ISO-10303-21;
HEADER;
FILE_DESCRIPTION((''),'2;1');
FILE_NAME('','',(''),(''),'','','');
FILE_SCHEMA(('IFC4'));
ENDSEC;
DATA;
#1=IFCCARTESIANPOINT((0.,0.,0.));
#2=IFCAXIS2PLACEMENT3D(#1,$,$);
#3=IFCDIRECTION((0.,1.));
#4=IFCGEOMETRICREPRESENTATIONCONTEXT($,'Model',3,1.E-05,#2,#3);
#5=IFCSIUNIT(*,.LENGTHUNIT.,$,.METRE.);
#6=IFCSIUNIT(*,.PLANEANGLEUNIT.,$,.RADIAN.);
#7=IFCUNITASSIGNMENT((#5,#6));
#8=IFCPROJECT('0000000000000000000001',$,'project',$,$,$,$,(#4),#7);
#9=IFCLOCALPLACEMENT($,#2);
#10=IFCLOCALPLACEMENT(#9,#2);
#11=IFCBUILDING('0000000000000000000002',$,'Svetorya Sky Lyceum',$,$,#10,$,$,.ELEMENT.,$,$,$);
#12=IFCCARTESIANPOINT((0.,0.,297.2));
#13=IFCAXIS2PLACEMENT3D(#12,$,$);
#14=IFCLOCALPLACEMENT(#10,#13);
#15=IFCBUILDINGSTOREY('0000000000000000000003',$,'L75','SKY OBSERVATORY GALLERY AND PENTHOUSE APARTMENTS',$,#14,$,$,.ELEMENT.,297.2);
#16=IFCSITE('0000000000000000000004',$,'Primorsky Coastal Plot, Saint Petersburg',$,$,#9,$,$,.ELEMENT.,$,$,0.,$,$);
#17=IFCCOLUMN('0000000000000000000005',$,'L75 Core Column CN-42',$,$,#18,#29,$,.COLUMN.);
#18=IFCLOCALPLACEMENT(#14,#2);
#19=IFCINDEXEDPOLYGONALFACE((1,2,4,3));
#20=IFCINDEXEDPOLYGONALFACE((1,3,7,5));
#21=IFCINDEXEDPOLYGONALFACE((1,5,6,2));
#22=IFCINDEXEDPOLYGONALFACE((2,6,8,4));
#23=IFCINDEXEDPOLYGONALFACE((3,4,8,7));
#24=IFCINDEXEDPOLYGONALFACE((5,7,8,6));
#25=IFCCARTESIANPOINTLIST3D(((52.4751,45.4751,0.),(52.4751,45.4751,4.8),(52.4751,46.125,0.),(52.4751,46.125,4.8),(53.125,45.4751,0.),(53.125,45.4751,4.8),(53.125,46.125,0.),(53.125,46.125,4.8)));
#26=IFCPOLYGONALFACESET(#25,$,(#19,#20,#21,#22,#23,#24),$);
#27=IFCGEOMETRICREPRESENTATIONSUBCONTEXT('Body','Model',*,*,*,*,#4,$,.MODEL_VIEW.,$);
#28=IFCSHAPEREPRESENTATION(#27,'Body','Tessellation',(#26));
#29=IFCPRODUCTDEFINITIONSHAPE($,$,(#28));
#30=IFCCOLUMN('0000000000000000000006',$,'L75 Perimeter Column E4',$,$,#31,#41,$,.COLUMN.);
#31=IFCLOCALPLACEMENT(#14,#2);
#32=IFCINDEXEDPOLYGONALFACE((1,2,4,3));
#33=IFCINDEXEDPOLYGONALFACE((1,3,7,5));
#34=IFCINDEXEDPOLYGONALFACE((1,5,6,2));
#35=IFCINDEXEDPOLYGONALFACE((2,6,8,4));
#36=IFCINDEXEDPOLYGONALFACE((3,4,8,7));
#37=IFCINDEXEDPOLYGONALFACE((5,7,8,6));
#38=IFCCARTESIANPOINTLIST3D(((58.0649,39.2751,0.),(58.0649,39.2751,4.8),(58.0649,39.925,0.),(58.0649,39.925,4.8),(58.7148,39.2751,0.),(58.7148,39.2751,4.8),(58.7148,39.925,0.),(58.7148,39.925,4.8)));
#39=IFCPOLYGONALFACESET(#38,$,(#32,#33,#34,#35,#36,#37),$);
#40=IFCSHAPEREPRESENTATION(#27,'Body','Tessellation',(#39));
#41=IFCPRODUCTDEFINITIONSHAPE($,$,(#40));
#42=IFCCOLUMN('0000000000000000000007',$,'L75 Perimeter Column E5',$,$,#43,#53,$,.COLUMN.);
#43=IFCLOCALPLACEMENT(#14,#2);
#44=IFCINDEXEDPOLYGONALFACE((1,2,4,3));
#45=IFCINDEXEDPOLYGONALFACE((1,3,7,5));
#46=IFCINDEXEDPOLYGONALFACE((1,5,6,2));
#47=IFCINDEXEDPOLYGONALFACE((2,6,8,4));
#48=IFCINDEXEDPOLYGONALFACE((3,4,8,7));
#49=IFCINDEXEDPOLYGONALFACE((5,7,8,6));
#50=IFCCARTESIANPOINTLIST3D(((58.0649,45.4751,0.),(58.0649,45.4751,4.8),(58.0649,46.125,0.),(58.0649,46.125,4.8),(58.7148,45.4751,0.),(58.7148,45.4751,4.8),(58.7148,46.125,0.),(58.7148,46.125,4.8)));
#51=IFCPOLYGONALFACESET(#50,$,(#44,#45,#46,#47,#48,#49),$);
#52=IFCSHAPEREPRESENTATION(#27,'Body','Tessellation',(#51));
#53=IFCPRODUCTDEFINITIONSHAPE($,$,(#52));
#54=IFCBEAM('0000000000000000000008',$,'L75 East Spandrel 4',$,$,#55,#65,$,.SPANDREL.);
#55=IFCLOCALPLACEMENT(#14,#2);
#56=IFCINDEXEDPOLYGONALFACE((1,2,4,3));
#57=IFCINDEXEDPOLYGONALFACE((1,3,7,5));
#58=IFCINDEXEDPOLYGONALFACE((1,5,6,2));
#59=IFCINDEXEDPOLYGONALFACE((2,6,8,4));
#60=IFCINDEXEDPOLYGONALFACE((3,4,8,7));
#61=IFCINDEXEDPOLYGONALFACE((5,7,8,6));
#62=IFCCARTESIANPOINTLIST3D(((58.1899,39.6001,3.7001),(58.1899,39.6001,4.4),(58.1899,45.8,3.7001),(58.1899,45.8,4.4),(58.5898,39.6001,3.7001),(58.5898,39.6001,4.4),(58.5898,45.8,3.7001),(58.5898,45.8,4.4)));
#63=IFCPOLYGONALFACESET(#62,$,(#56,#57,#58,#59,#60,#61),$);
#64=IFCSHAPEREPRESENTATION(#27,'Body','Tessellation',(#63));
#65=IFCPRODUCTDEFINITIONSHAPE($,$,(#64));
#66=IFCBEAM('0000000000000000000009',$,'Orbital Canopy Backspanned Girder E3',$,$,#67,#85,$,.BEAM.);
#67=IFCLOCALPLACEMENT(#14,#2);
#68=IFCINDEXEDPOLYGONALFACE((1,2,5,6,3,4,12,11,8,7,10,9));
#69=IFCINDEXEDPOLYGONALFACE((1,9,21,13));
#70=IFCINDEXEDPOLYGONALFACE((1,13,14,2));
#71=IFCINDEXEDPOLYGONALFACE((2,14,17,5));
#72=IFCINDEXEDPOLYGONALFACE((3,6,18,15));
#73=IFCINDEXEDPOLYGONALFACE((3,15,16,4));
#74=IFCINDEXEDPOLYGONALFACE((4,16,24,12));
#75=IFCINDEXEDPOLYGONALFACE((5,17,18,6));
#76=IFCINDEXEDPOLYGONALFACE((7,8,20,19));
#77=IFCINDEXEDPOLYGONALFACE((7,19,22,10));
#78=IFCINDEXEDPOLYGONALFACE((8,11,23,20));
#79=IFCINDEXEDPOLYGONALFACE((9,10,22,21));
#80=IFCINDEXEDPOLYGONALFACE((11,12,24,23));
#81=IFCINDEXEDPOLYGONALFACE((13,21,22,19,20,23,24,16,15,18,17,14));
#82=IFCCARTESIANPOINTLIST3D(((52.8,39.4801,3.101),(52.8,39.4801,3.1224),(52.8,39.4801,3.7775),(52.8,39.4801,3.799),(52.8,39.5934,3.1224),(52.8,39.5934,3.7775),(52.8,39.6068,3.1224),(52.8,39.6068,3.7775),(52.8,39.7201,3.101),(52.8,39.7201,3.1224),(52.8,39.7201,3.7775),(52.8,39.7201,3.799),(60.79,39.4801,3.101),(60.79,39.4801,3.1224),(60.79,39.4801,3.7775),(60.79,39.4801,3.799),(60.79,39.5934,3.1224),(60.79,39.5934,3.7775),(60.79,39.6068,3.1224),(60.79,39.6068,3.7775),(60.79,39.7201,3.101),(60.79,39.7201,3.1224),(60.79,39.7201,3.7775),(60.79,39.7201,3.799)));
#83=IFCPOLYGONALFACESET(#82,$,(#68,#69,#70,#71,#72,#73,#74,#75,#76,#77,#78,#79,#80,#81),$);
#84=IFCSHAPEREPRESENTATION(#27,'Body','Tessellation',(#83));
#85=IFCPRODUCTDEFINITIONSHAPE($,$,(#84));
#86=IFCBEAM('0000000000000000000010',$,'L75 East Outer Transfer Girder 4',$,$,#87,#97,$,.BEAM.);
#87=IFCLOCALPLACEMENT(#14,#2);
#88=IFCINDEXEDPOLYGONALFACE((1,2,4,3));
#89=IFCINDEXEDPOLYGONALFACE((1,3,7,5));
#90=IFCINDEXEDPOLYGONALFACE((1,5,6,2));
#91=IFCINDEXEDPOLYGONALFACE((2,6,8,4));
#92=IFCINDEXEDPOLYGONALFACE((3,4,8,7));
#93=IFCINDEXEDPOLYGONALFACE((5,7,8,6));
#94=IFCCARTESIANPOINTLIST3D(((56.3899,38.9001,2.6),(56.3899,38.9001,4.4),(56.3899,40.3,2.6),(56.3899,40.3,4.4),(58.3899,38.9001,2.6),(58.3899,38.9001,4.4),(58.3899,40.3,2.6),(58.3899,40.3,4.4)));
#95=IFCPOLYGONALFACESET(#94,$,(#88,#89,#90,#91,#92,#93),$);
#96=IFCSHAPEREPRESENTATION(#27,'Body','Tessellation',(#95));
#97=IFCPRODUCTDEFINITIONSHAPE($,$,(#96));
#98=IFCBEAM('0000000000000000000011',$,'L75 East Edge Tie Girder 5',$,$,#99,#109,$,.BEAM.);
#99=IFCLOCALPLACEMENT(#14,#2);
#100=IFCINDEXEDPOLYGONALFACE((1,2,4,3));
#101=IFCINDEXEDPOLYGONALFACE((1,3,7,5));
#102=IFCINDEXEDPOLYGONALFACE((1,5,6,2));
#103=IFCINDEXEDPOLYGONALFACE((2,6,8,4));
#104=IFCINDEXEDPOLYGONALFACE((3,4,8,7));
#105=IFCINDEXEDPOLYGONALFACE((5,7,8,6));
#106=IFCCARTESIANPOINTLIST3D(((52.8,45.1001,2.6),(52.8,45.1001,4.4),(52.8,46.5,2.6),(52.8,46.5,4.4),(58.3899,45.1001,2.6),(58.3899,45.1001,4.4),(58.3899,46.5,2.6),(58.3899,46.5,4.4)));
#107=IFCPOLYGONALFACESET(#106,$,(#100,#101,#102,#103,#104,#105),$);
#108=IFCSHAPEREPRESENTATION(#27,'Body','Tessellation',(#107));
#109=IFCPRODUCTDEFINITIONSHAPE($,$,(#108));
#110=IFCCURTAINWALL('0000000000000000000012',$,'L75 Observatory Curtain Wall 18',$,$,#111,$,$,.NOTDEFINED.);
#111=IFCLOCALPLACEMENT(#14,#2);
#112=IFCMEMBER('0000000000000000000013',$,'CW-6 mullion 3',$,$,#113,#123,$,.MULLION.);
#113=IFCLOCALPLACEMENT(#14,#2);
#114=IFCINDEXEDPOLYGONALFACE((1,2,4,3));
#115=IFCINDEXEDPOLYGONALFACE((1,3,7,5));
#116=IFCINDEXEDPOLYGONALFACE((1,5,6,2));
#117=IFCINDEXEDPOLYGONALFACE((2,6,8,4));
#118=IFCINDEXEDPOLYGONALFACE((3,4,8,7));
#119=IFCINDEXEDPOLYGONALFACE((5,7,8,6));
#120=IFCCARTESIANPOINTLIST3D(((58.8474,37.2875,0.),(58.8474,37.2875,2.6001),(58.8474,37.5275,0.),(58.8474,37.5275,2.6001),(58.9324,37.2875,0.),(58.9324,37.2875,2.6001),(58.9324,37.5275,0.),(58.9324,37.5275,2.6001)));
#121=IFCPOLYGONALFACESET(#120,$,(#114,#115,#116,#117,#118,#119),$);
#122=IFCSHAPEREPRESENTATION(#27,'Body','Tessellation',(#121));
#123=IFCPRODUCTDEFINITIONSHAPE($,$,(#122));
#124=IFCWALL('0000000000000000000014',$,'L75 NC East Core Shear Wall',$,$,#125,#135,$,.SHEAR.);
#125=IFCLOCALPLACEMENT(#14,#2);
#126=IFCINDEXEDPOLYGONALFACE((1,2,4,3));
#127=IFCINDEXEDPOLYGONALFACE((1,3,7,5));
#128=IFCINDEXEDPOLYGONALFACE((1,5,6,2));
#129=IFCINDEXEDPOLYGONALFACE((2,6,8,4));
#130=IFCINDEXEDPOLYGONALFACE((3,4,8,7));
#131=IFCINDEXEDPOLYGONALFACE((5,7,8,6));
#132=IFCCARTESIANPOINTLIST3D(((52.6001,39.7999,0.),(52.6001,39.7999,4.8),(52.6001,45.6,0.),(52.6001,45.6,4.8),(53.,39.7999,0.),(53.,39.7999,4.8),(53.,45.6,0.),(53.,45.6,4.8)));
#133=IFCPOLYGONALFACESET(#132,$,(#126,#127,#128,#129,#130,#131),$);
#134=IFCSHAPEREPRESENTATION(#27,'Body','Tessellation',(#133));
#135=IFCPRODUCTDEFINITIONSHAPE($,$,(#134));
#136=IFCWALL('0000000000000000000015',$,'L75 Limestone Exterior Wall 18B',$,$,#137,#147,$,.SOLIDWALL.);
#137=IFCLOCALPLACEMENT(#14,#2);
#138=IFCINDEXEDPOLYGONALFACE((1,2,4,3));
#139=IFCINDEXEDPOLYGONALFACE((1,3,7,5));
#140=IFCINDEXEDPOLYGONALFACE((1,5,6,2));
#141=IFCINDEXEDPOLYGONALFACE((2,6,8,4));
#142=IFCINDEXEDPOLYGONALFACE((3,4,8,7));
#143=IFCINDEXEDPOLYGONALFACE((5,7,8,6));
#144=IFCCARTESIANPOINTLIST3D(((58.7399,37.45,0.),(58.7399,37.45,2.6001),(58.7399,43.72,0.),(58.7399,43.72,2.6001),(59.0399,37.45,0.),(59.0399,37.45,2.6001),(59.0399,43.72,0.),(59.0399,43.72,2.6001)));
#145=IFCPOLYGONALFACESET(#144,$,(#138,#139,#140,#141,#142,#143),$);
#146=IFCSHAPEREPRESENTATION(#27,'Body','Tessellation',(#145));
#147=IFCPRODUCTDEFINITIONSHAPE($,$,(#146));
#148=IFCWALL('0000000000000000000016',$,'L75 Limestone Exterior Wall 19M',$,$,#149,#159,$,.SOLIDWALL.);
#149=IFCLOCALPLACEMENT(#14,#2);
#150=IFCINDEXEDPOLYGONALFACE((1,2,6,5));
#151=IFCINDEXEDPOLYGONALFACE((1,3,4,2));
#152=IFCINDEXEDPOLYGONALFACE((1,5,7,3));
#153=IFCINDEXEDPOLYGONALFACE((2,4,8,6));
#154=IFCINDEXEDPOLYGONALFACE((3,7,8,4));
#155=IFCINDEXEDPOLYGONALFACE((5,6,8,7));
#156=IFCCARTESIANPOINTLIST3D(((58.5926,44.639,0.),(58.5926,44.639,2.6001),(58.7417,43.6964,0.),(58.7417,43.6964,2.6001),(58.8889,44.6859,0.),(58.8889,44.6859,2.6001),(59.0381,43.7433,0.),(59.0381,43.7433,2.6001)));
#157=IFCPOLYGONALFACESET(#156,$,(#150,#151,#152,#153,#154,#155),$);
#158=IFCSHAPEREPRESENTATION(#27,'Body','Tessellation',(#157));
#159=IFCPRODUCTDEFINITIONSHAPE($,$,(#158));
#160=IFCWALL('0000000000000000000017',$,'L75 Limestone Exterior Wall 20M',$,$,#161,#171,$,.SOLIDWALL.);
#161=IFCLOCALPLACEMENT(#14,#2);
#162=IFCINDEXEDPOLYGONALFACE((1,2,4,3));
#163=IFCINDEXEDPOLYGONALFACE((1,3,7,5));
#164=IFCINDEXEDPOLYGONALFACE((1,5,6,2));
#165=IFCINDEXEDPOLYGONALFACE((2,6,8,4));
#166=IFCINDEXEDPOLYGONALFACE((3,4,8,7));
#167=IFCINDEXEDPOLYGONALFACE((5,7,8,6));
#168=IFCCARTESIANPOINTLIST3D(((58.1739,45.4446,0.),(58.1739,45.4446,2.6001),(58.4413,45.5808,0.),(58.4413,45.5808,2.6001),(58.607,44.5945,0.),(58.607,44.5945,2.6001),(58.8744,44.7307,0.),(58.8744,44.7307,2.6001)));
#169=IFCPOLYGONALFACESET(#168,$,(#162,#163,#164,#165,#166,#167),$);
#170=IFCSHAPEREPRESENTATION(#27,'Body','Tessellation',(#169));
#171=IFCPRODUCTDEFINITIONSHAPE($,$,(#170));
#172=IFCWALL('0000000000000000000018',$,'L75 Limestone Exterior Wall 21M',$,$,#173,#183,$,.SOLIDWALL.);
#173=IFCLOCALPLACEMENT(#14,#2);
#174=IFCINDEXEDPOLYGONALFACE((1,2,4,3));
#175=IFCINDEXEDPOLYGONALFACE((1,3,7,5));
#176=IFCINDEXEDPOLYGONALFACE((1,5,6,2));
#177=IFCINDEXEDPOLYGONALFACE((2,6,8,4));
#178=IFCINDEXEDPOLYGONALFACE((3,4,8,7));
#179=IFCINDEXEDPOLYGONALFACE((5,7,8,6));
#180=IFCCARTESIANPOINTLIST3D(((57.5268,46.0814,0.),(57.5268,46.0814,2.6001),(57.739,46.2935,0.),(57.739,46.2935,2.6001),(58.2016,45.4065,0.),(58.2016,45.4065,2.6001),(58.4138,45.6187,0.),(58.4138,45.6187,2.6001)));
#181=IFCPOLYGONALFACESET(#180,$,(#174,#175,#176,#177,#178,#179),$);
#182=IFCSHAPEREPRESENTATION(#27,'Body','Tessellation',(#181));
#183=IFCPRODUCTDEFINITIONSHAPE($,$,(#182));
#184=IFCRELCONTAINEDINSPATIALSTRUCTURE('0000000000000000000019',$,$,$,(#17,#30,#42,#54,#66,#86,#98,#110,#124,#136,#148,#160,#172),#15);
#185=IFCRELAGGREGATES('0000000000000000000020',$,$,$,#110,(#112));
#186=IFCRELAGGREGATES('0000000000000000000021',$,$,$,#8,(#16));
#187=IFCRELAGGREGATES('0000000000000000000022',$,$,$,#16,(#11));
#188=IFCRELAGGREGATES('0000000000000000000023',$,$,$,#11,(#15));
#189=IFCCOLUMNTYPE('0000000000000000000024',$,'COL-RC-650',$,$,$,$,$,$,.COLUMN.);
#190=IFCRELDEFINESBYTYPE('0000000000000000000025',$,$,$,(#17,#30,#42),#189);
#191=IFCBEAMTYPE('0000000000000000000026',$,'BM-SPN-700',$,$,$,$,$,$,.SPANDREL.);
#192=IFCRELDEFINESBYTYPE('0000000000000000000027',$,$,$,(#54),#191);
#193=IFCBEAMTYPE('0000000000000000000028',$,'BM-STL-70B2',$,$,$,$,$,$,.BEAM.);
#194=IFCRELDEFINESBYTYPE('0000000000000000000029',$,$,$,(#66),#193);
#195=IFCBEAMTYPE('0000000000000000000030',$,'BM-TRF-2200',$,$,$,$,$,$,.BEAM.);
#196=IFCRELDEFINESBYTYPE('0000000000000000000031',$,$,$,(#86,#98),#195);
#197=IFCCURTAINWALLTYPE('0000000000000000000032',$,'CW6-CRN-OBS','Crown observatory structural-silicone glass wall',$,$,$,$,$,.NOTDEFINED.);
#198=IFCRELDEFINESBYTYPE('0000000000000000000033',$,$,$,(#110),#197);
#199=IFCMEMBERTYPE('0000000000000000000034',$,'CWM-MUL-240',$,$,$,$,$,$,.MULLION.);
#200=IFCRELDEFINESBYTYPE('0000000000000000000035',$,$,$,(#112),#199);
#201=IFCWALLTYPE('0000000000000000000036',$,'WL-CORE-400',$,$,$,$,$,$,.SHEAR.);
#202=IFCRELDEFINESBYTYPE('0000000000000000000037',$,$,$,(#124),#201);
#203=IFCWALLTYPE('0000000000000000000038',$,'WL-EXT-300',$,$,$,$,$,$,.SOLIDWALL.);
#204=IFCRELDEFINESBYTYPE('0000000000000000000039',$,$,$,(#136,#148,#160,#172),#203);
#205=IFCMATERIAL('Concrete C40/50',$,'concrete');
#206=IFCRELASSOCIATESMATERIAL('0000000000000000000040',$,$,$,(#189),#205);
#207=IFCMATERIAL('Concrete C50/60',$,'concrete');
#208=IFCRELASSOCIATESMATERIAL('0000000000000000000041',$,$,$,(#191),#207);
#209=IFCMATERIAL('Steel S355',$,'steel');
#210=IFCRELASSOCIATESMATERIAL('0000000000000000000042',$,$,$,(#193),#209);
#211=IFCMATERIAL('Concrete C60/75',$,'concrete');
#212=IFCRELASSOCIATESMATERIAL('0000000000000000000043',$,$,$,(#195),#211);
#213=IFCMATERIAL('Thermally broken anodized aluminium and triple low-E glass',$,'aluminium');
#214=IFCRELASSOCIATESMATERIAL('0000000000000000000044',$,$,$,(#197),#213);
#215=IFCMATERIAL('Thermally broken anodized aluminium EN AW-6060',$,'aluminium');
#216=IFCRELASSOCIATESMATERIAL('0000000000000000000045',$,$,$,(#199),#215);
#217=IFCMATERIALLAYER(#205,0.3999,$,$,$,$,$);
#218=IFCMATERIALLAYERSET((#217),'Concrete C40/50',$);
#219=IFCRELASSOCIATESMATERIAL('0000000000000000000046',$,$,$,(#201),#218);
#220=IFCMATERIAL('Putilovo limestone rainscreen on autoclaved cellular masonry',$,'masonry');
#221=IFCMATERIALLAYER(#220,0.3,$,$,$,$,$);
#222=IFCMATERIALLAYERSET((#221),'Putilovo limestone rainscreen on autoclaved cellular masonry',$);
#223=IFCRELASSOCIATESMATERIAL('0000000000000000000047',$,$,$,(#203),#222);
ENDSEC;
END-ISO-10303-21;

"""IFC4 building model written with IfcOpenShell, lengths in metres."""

from ifc_helpers import new_model, si_unit, direction, frame, frame_2d, origin, origin_2d, place, context, subcontext, project, spatial, rectangle, i_section, extrude, material, layer, layer_set, material_profile, profile_set, type_object, element, aggregate, save


model = new_model("IFC4")

# Units and contexts
model_context = context("Model", 3, precision=1e-05, world=origin(), true_north=direction((0.0, 1.0)))
body_context = subcontext(model_context, "Body", "Model", "MODEL_VIEW")
ifc_project = project(units=[si_unit("LENGTHUNIT", "METRE"), si_unit("PLANEANGLEUNIT", "RADIAN")], contexts=[model_context])

# Site, building, storey
site_placement = place(None, origin())
site = spatial("IfcSite", under=ifc_project, at=site_placement, Name="Primorsky Coastal Plot, Saint Petersburg", CompositionType="ELEMENT", RefElevation=0.0)
building_placement = place(site_placement, origin())
building = spatial("IfcBuilding", under=site, at=building_placement, Name="Svetorya Sky Lyceum", CompositionType="ELEMENT")
storey_placement = place(building_placement, frame((0.0, 0.0, 297.2)))
storey = spatial("IfcBuildingStorey", under=building, at=storey_placement, Name="L75", Description="SKY OBSERVATORY GALLERY AND PENTHOUSE APARTMENTS", CompositionType="ELEMENT", Elevation=297.2)

# Columns
ifc_material_1 = material(Name="Concrete C40/50", Category="concrete")
ifc_material_profile_1 = material_profile(ifc_material_1, rectangle(XDim=0.6499, YDim=0.6499, at=origin_2d()), Name="RC COL 650x650")
ifc_profile_set_1 = profile_set([ifc_material_profile_1], Name="Concrete C40/50")
column_type = type_object("IfcColumnType", Name="COL-RC-650", PredefinedType="COLUMN", material=ifc_profile_set_1)
for number, where, z_axis, x_axis, name in (
    (1, (52.8, 45.8, 0.0), (0.0, 0.0, 1.0), (1.0, 0.0, 0.0), "L75 Core Column CN-42"),
    (2, (58.3899, 39.6001, 0.0), (0.0, 0.0, 1.0), (1.0, 0.0, 0.0), "L75 Perimeter Column E4"),
    (3, (58.3899, 45.8, 0.0), (0.0, 0.0, 1.0), (1.0, 0.0, 0.0), "L75 Perimeter Column E5"),
):
    element("IfcColumn", number, at=place(storey_placement, frame(where, z_axis=z_axis, x_axis=x_axis)), inside=storey, type_object=column_type, Name=name, PredefinedType="COLUMN", context=body_context, shape_type="SweptSolid", body=[
        extrude(rectangle(XDim=0.6499, YDim=0.6499, at=origin_2d()), origin(), (0.0, 0.0, 1.0), 4.8),
    ])

# Beams
ifc_material_2 = material(Name="Concrete C50/60", Category="concrete")
ifc_material_profile_2 = material_profile(ifc_material_2, rectangle(XDim=0.3999, YDim=0.7, at=origin_2d()), Name="RC SPANDREL 400x700")
ifc_profile_set_2 = profile_set([ifc_material_profile_2], Name="Concrete C50/60")
beam_type_1 = type_object("IfcBeamType", Name="BM-SPN-700", PredefinedType="SPANDREL", material=ifc_profile_set_2)
beam_1_placement = place(storey_placement, frame((58.3899, 39.6001, 4.05), z_axis=(0.0, 1.0, 0.0), x_axis=(-1.0, 0.0, 0.0)))
element("IfcBeam", 4, at=beam_1_placement, inside=storey, type_object=beam_type_1, Name="L75 East Spandrel 4", PredefinedType="SPANDREL", context=body_context, shape_type="SweptSolid", body=[
    extrude(rectangle(XDim=0.3999, YDim=0.7, at=origin_2d()), origin(), (0.0, 0.0, 1.0), 6.2),
])
ifc_material_3 = material(Name="Steel S355", Category="steel")
ifc_material_profile_3 = material_profile(ifc_material_3, i_section(OverallWidth=0.24, OverallDepth=0.698, WebThickness=0.0134, FlangeThickness=0.0215, at=origin_2d()), Name="GOST 70B2")
ifc_profile_set_3 = profile_set([ifc_material_profile_3], Name="Steel S355")
beam_type_2 = type_object("IfcBeamType", Name="BM-STL-70B2", PredefinedType="BEAM", material=ifc_profile_set_3)
beam_2_placement = place(storey_placement, frame((52.8, 39.6001, 3.45), z_axis=(1.0, 0.0, 0.0), x_axis=(0.0, 1.0, 0.0)))
element("IfcBeam", 5, at=beam_2_placement, inside=storey, type_object=beam_type_2, Name="Orbital Canopy Backspanned Girder E3", PredefinedType="BEAM", context=body_context, shape_type="SweptSolid", body=[
    extrude(i_section(OverallWidth=0.24, OverallDepth=0.698, WebThickness=0.0134, FlangeThickness=0.0215, at=origin_2d()), origin(), (0.0, 0.0, 1.0), 7.99),
])
ifc_material_4 = material(Name="Concrete C60/75", Category="concrete")
ifc_material_profile_4 = material_profile(ifc_material_4, rectangle(XDim=1.3999, YDim=1.8, at=origin_2d()), Name="RC TRANSFER 1400x1800")
ifc_profile_set_4 = profile_set([ifc_material_profile_4], Name="Concrete C60/75")
beam_type_3 = type_object("IfcBeamType", Name="BM-TRF-2200", PredefinedType="BEAM", material=ifc_profile_set_4)
beam_3_placement = place(storey_placement, frame((56.3899, 39.6001, 3.5), z_axis=(1.0, 0.0, 0.0), x_axis=(0.0, 1.0, 0.0)))
element("IfcBeam", 6, at=beam_3_placement, inside=storey, type_object=beam_type_3, Name="L75 East Outer Transfer Girder 4", PredefinedType="BEAM", context=body_context, shape_type="SweptSolid", body=[
    extrude(rectangle(XDim=1.3999, YDim=1.8, at=origin_2d()), origin(), (0.0, 0.0, 1.0), 2.0),
])
beam_4_placement = place(storey_placement, frame((52.8, 45.8, 3.5), z_axis=(1.0, 0.0, 0.0), x_axis=(0.0, 1.0, 0.0)))
element("IfcBeam", 7, at=beam_4_placement, inside=storey, type_object=beam_type_3, Name="L75 East Edge Tie Girder 5", PredefinedType="BEAM", context=body_context, shape_type="SweptSolid", body=[
    extrude(rectangle(XDim=1.3999, YDim=1.8, at=origin_2d()), origin(), (0.0, 0.0, 1.0), 5.5898),
])

# Curtain wall, member
ifc_material_5 = material(Name="Thermally broken anodized aluminium and triple low-E glass", Category="aluminium")
curtain_wall_type = type_object("IfcCurtainWallType", Name="CW6-CRN-OBS", Description="Crown observatory structural-silicone glass wall", PredefinedType="NOTDEFINED", material=ifc_material_5)
curtain_wall_placement = place(storey_placement, origin())
curtain_wall = element("IfcCurtainWall", 8, at=curtain_wall_placement, inside=storey, type_object=curtain_wall_type, Name="L75 Observatory Curtain Wall 18", PredefinedType="NOTDEFINED")
ifc_material_6 = material(Name="Thermally broken anodized aluminium EN AW-6060", Category="aluminium")
ifc_material_profile_5 = material_profile(ifc_material_6, rectangle(XDim=0.085, YDim=0.24, at=origin_2d()), Name="ALU MULLION 85x240")
ifc_profile_set_5 = profile_set([ifc_material_profile_5], Name="Thermally broken anodized aluminium EN AW-6060")
member_type = type_object("IfcMemberType", Name="CWM-MUL-240", PredefinedType="MULLION", material=ifc_profile_set_5)
member_placement = place(storey_placement, frame((58.8899, 37.4075, 0.0), z_axis=(0.0, 0.0, 1.0), x_axis=(-1.0, 0.0, 0.0)))
member = element("IfcMember", 9, at=member_placement, type_object=member_type, Name="CW-6 mullion 3", PredefinedType="MULLION", context=body_context, shape_type="SweptSolid", body=[
    extrude(rectangle(XDim=0.085, YDim=0.24, at=origin_2d()), origin(), (0.0, 0.0, 1.0), 2.6001),
])
aggregate(curtain_wall, [member])

# Walls
ifc_layer_1 = layer(ifc_material_1, 0.3999)
ifc_layer_set_1 = layer_set([ifc_layer_1], Name="Concrete C40/50")
wall_type_1 = type_object("IfcWallType", Name="WL-CORE-400", PredefinedType="SHEAR", material=ifc_layer_set_1)
wall_1_placement = place(storey_placement, frame((52.8, 39.8, 0.0), z_axis=(0.0, 0.0, 1.0), x_axis=(0.0, 1.0, 0.0)))
element("IfcWall", 10, at=wall_1_placement, inside=storey, type_object=wall_type_1, Name="L75 NC East Core Shear Wall", PredefinedType="SHEAR", context=body_context, shape_type="SweptSolid", body=[
    extrude(rectangle(XDim=5.8, YDim=0.3999, at=frame_2d((2.8999, 0.0))), origin(), (0.0, 0.0, 1.0), 4.8),
])
ifc_material_7 = material(Name="Putilovo limestone rainscreen on autoclaved cellular masonry", Category="masonry")
ifc_layer_2 = layer(ifc_material_7, 0.3)
ifc_layer_set_2 = layer_set([ifc_layer_2], Name="Putilovo limestone rainscreen on autoclaved cellular masonry")
wall_type_2 = type_object("IfcWallType", Name="WL-EXT-300", PredefinedType="SOLIDWALL", material=ifc_layer_set_2)
wall_2_placement = place(storey_placement, frame((58.8899, 37.45, 0.0), z_axis=(0.0, 0.0, 1.0), x_axis=(0.0, 1.0, 0.0)))
element("IfcWall", 11, at=wall_2_placement, inside=storey, type_object=wall_type_2, Name="L75 Limestone Exterior Wall 18B", PredefinedType="SOLIDWALL", context=body_context, shape_type="SweptSolid", body=[
    extrude(rectangle(XDim=6.27, YDim=0.3, at=frame_2d((3.135, 0.0))), origin(), (0.0, 0.0, 1.0), 2.6001),
])
wall_3_placement = place(storey_placement, frame((58.8899, 43.72, 0.0), z_axis=(0.0, 0.0, 1.0), x_axis=(-0.156304, 0.987709, 0.0)))
element("IfcWall", 12, at=wall_3_placement, inside=storey, type_object=wall_type_2, Name="L75 Limestone Exterior Wall 19M", PredefinedType="SOLIDWALL", context=body_context, shape_type="SweptSolid", body=[
    extrude(rectangle(XDim=0.9543, YDim=0.3, at=frame_2d((0.4771, 0.0))), origin(), (0.0, 0.0, 1.0), 2.6001),
])
wall_4_placement = place(storey_placement, frame((58.7407, 44.6626, 0.0), z_axis=(0.0, 0.0, 1.0), x_axis=(-0.453956, 0.891024, 0.0)))
element("IfcWall", 13, at=wall_4_placement, inside=storey, type_object=wall_type_2, Name="L75 Limestone Exterior Wall 20M", PredefinedType="SOLIDWALL", context=body_context, shape_type="SweptSolid", body=[
    extrude(rectangle(XDim=0.9541, YDim=0.3, at=frame_2d((0.4771, 0.0))), origin(), (0.0, 0.0, 1.0), 2.6001),
])
for number, where, z_axis, x_axis, name in (
    (14, (58.3076, 45.5127, 0.0), (0.0, 0.0, 1.0), (-0.707107, 0.707107, 0.0), "L75 Limestone Exterior Wall 21M"),
):
    element("IfcWall", number, at=place(storey_placement, frame(where, z_axis=z_axis, x_axis=x_axis)), inside=storey, type_object=wall_type_2, Name=name, PredefinedType="SOLIDWALL", context=body_context, shape_type="SweptSolid", body=[
        extrude(rectangle(XDim=0.9543, YDim=0.3, at=frame_2d((0.4771, 0.0))), origin(), (0.0, 0.0, 1.0), 2.6001),
    ])

save(model, "model.ifc")
